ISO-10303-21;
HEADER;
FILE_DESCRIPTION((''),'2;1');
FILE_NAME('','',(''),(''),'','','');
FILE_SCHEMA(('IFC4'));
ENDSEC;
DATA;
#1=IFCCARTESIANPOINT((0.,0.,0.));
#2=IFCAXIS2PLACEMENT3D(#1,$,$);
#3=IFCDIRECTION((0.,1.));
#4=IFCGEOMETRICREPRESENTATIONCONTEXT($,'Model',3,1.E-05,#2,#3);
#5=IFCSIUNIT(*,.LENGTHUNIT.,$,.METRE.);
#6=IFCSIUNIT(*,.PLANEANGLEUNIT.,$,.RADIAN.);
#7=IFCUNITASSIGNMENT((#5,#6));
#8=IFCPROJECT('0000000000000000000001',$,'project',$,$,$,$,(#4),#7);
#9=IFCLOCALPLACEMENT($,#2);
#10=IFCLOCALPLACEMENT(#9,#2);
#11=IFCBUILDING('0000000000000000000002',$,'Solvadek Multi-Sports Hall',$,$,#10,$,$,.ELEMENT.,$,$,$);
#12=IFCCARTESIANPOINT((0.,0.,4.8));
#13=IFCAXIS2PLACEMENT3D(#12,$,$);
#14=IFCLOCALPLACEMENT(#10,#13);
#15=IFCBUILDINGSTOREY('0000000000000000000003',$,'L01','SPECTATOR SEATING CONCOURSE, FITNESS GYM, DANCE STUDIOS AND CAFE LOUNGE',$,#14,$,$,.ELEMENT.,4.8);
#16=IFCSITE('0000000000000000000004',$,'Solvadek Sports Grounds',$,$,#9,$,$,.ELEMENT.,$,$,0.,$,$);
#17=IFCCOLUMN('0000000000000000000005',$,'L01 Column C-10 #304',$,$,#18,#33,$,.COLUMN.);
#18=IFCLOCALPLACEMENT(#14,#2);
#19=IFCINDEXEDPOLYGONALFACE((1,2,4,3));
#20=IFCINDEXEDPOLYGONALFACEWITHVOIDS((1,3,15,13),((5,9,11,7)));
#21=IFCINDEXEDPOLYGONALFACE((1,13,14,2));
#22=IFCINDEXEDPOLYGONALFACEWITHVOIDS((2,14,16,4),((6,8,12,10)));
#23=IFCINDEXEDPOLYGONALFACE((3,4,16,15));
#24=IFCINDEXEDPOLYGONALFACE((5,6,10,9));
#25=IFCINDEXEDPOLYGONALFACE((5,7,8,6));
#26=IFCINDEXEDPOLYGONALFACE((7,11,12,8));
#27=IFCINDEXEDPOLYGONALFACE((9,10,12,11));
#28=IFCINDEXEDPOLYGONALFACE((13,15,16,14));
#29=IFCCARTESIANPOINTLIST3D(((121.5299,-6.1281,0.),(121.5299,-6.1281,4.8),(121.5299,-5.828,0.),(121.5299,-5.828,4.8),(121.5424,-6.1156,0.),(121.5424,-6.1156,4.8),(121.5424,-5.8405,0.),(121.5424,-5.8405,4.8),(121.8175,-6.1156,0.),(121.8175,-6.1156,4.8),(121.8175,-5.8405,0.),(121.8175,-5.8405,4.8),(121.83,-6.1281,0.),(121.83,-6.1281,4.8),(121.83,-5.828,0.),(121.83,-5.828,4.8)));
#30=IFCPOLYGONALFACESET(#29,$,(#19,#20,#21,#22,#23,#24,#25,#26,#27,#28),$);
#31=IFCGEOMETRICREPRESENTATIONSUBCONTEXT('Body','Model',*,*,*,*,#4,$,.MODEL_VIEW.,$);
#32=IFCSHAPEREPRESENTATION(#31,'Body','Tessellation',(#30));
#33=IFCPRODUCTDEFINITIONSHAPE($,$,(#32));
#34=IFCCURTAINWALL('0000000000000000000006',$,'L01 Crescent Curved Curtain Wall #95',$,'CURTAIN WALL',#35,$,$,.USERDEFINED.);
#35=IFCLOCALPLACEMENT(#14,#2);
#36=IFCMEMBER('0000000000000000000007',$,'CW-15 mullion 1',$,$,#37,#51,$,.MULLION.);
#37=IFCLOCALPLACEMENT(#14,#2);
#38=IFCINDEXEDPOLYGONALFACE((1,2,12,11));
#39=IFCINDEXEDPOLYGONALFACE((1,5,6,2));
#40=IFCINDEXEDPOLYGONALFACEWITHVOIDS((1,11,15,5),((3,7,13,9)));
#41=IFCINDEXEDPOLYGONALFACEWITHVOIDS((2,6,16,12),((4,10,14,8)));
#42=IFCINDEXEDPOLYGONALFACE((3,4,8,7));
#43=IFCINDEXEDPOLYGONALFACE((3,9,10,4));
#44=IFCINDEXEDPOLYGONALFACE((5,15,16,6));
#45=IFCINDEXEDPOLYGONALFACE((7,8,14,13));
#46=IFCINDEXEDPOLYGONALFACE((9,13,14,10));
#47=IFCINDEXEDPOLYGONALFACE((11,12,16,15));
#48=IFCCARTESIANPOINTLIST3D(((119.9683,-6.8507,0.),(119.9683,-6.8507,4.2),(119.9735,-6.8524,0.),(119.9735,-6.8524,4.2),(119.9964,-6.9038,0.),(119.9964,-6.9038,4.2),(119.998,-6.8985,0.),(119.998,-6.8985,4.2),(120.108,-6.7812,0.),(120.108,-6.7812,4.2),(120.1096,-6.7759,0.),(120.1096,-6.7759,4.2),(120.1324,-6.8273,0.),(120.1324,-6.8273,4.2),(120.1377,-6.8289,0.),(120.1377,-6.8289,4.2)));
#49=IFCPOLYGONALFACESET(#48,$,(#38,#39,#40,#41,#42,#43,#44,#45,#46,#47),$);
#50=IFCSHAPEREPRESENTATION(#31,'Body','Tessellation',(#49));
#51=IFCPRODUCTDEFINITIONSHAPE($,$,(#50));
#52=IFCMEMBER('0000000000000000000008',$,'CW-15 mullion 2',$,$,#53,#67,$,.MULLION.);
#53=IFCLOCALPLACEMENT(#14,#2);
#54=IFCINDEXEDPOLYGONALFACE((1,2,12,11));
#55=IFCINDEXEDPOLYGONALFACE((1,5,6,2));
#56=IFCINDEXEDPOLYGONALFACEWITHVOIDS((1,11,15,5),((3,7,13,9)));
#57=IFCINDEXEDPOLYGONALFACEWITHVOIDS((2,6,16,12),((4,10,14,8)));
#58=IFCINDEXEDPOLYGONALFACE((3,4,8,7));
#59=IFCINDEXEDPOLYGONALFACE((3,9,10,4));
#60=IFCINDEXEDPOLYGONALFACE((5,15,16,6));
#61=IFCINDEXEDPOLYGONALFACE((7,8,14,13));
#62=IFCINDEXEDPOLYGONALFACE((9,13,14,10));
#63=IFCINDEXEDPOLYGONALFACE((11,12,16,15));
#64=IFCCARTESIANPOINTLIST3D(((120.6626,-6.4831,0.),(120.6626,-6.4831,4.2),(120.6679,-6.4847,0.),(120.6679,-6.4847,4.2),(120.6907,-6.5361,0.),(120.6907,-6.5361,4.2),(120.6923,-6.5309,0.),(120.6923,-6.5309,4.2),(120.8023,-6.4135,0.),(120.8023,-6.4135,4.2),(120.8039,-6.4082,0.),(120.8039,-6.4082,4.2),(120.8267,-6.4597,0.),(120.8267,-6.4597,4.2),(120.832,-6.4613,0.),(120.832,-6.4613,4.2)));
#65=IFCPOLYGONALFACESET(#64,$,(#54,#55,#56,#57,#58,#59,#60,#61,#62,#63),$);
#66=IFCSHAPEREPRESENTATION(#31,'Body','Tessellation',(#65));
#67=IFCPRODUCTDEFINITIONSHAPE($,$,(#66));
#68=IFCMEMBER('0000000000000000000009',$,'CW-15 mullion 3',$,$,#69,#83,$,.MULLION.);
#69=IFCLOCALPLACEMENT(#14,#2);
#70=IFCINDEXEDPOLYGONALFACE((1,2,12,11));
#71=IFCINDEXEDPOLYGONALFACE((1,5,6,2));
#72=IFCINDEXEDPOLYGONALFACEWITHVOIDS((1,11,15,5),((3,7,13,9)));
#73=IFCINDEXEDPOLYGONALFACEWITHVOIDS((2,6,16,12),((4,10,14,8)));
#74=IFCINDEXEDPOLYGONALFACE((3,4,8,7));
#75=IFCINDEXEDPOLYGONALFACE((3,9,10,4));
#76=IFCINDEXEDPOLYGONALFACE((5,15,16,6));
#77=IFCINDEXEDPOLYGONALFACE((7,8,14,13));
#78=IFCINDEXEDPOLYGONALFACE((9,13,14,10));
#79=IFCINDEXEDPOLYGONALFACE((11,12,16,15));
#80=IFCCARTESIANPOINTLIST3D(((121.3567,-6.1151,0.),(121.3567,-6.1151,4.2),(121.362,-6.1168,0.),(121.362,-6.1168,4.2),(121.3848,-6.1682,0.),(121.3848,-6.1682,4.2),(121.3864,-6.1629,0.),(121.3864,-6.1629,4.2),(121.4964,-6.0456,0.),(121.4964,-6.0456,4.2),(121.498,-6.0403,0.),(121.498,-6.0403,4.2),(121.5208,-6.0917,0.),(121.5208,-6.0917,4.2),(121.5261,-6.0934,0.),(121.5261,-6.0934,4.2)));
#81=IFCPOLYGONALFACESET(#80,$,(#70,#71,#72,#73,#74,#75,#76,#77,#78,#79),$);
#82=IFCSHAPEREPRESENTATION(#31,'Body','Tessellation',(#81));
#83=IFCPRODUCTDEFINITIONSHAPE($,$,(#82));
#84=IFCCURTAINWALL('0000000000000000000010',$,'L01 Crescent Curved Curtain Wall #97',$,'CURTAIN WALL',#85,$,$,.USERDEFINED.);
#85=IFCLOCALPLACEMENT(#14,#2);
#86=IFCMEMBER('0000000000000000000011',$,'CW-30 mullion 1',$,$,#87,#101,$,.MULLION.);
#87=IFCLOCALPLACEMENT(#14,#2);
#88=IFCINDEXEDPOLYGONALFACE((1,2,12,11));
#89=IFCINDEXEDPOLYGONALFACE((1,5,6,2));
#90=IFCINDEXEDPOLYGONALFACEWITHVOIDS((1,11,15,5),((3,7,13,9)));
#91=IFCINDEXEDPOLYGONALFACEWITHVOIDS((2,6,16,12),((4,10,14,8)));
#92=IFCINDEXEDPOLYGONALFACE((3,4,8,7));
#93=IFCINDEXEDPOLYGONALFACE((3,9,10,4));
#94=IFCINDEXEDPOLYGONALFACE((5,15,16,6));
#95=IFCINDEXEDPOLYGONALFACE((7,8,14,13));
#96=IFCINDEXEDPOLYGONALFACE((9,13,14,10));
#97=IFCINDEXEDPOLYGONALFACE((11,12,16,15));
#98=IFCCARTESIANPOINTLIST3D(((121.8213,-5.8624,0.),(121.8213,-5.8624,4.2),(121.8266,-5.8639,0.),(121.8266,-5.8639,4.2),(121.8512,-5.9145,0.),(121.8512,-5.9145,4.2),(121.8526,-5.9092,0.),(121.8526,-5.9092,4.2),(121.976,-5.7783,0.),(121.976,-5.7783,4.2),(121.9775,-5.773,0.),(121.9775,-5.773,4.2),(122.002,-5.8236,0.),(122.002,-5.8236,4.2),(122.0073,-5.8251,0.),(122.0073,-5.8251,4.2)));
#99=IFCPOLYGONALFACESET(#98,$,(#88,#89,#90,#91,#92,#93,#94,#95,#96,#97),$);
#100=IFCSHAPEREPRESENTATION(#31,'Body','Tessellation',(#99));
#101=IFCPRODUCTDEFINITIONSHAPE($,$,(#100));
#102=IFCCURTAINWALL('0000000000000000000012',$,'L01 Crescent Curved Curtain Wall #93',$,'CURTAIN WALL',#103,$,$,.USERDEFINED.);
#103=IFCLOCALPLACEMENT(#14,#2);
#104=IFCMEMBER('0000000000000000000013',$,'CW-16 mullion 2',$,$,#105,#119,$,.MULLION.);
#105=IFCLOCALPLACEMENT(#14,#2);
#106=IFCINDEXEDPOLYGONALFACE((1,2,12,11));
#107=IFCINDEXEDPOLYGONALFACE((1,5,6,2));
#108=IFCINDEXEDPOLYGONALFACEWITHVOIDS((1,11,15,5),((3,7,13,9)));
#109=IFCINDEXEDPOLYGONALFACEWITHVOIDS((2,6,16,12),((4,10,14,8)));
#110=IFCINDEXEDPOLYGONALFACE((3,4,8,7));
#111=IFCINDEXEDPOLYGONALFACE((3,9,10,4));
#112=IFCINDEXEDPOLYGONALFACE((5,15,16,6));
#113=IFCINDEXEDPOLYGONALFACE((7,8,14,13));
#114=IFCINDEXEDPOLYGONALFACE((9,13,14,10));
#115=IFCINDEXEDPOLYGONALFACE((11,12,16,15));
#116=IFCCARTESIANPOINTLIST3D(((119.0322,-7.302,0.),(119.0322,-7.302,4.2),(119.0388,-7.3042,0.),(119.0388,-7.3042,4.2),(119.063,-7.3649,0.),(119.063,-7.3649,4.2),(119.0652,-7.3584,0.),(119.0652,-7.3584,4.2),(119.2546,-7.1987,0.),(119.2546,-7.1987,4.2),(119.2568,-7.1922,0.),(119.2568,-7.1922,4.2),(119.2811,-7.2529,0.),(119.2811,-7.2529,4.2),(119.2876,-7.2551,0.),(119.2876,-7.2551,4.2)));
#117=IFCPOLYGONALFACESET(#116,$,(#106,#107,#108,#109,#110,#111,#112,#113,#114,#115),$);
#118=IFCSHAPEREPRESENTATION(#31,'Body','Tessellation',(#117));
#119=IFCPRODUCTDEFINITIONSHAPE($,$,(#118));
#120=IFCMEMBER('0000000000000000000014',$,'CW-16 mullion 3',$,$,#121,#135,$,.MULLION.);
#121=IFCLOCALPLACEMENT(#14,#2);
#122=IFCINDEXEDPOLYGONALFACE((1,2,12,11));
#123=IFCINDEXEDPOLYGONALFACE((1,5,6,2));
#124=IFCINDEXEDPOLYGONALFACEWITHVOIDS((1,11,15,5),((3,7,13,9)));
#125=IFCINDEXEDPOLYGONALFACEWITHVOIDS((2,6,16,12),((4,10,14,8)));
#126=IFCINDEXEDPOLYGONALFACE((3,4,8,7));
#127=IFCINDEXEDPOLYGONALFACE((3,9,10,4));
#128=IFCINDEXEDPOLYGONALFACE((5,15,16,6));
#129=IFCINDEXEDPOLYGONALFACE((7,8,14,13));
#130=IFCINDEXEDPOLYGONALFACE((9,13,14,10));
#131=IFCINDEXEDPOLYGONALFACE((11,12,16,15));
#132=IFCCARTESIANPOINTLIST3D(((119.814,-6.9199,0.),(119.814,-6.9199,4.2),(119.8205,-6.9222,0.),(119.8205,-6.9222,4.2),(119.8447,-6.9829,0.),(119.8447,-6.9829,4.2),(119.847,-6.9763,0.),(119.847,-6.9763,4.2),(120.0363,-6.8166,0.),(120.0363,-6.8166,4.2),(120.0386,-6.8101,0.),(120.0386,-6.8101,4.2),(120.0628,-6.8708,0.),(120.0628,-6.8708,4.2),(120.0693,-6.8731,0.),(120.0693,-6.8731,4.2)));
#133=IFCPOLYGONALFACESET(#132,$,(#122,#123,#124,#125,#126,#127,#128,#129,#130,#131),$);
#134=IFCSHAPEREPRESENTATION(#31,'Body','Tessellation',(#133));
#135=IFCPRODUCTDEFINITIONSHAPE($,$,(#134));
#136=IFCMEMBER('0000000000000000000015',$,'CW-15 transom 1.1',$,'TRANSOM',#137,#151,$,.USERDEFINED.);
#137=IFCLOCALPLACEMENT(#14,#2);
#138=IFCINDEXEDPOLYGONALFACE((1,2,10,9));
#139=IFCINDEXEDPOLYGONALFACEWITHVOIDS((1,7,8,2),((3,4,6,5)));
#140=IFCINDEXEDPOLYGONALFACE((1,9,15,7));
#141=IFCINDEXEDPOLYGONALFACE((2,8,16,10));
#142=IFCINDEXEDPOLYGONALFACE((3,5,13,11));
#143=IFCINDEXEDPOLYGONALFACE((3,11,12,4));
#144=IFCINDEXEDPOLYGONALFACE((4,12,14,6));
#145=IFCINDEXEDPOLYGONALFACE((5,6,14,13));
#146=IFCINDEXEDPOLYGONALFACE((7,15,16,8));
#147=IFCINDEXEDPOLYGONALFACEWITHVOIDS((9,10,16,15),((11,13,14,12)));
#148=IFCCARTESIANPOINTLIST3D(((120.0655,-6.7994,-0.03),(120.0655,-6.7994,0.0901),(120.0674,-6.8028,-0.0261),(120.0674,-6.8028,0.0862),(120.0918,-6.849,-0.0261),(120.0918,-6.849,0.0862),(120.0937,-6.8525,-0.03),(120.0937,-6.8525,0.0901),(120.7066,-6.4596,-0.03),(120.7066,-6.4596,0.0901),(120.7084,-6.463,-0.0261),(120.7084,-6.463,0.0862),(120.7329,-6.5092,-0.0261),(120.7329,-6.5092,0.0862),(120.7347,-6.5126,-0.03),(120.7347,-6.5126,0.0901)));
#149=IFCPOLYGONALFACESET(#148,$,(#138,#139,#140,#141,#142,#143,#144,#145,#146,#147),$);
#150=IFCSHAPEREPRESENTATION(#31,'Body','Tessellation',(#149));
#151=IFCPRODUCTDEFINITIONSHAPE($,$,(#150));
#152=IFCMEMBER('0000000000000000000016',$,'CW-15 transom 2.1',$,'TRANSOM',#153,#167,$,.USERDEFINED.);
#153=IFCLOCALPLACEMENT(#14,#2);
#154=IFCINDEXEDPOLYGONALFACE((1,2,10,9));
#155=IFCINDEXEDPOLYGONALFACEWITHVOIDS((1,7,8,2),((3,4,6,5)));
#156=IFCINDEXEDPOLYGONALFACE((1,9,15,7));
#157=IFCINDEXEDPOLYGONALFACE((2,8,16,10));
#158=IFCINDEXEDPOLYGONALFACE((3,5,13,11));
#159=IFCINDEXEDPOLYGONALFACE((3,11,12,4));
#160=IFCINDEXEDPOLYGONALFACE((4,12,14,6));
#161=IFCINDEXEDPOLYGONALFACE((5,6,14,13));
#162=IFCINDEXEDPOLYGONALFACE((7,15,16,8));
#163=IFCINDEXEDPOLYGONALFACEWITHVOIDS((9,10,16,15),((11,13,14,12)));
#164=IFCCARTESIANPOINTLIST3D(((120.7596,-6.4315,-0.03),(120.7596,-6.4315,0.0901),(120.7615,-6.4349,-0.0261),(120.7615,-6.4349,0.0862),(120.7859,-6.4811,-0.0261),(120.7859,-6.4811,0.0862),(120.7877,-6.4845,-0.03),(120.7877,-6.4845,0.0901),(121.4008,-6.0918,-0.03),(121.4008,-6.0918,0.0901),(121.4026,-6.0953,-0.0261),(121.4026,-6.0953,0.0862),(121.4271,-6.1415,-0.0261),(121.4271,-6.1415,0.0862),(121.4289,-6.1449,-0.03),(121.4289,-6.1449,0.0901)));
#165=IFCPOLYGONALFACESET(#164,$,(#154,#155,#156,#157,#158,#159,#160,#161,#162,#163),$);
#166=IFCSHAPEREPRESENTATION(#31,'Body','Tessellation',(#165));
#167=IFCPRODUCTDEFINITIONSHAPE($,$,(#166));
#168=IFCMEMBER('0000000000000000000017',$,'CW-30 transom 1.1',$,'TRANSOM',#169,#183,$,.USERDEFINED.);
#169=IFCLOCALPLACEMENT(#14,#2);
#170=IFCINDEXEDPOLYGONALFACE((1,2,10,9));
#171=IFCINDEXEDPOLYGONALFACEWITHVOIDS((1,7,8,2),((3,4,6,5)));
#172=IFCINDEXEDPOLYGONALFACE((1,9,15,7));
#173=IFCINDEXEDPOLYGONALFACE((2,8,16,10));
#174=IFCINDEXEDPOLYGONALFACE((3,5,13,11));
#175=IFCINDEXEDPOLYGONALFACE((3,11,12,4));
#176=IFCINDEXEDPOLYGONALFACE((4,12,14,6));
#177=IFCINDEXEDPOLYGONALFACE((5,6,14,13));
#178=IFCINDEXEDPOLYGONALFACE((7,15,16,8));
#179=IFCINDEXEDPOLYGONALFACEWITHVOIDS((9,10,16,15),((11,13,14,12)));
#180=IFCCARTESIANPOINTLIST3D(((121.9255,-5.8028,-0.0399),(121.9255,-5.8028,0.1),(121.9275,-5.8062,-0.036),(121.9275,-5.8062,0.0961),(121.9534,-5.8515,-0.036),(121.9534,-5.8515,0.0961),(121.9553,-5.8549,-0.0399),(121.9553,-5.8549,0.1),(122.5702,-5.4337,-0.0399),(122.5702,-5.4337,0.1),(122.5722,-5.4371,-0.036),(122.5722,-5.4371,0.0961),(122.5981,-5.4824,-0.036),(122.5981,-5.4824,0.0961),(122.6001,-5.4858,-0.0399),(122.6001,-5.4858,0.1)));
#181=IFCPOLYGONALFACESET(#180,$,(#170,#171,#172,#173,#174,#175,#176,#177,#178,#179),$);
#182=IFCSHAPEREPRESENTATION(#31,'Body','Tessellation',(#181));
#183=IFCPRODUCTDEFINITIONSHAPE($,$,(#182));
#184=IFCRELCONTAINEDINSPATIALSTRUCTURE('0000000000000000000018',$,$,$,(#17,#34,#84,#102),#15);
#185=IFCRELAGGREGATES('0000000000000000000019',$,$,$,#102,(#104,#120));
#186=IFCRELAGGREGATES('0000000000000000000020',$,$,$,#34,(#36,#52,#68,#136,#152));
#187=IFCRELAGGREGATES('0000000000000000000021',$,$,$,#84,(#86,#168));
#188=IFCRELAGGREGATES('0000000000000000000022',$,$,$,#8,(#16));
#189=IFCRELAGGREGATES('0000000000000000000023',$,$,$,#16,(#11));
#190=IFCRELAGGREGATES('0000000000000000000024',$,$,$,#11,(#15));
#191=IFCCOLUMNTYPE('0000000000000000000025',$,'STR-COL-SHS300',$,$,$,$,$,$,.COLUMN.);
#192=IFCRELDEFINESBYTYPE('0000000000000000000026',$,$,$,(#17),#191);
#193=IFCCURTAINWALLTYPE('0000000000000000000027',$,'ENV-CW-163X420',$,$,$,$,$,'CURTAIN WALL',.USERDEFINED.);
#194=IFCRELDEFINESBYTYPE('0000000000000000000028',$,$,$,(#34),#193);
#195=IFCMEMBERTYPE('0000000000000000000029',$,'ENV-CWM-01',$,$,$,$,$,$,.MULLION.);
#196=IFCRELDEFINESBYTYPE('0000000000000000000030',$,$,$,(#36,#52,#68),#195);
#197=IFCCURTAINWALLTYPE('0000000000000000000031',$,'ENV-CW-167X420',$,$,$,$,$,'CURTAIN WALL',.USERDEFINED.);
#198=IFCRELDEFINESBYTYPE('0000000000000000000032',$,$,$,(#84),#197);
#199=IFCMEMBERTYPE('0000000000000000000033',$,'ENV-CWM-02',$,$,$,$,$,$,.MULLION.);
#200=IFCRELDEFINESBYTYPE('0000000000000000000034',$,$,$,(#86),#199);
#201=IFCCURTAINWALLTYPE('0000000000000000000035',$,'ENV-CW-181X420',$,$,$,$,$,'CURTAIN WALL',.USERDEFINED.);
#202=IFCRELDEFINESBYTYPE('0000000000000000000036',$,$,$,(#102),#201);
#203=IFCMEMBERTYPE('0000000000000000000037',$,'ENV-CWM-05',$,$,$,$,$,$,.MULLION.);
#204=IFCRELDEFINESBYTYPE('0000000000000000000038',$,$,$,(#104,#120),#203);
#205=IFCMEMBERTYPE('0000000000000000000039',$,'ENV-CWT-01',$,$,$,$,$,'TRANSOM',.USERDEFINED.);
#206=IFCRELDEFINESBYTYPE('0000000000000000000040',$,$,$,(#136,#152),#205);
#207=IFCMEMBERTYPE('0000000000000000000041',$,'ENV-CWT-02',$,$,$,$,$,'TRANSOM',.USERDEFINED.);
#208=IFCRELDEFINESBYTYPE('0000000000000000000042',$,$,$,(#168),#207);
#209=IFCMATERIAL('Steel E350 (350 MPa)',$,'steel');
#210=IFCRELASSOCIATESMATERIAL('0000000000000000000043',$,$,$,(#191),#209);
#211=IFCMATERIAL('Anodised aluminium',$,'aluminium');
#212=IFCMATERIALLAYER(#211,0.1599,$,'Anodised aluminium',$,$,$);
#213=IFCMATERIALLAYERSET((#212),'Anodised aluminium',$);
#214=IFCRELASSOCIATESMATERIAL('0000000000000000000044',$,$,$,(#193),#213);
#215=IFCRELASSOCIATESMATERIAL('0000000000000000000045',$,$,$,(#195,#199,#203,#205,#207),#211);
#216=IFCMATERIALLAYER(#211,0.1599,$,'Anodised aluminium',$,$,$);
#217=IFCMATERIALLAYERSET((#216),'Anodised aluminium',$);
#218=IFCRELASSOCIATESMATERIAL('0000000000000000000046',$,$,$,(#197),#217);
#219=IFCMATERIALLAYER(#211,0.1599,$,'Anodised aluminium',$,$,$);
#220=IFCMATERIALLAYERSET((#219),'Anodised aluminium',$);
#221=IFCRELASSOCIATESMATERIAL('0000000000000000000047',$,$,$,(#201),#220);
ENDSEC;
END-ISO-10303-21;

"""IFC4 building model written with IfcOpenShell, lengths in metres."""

from ifc_helpers import new_model, si_unit, direction, frame, origin, origin_2d, place, context, subcontext, project, spatial, hollow_rectangle, extrude, material, layer, layer_set, material_profile, profile_set, type_object, element, aggregate, save


model = new_model("IFC4")

# Units and contexts
model_context = context("Model", 3, precision=1e-05, world=origin(), true_north=direction((0.0, 1.0)))
body_context = subcontext(model_context, "Body", "Model", "MODEL_VIEW")
ifc_project = project(units=[si_unit("LENGTHUNIT", "METRE"), si_unit("PLANEANGLEUNIT", "RADIAN")], contexts=[model_context])

# Site, building, storey
site_placement = place(None, origin())
site = spatial("IfcSite", under=ifc_project, at=site_placement, Name="Solvadek Sports Grounds", CompositionType="ELEMENT", RefElevation=0.0)
building_placement = place(site_placement, origin())
building = spatial("IfcBuilding", under=site, at=building_placement, Name="Solvadek Multi-Sports Hall", CompositionType="ELEMENT")
storey_placement = place(building_placement, frame((0.0, 0.0, 4.8)))
storey = spatial("IfcBuildingStorey", under=building, at=storey_placement, Name="L01", Description="SPECTATOR SEATING CONCOURSE, FITNESS GYM, DANCE STUDIOS AND CAFE LOUNGE", CompositionType="ELEMENT", Elevation=4.8)

# Column
ifc_material_1 = material(Name="Steel E350 (350 MPa)", Category="steel")
ifc_material_profile_1 = material_profile(ifc_material_1, hollow_rectangle(XDim=0.3, YDim=0.3, WallThickness=0.0125, at=origin_2d()), Name="SHS 300x300x12.5")
ifc_profile_set_1 = profile_set([ifc_material_profile_1], Name="Steel E350 (350 MPa)")
column_type = type_object("IfcColumnType", Name="STR-COL-SHS300", PredefinedType="COLUMN", material=ifc_profile_set_1)
column_placement = place(storey_placement, frame((121.6799, -5.978, 0.0), z_axis=(0.0, 0.0, 1.0), x_axis=(1.0, 0.0, 0.0)))
element("IfcColumn", 1, at=column_placement, inside=storey, type_object=column_type, Name="L01 Column C-10 #304", PredefinedType="COLUMN", context=body_context, shape_type="SweptSolid", body=[
    extrude(hollow_rectangle(XDim=0.3, YDim=0.3, WallThickness=0.0125, at=origin_2d()), origin(), (0.0, 0.0, 1.0), 4.8),
])

# Curtain wall, members
ifc_material_2 = material(Name="Anodised aluminium", Category="aluminium")
ifc_layer_1 = layer(ifc_material_2, 0.1599, Name="Anodised aluminium")
ifc_layer_set_1 = layer_set([ifc_layer_1], Name="Anodised aluminium")
curtain_wall_type_1 = type_object("IfcCurtainWallType", Name="ENV-CW-163X420", ElementType="CURTAIN WALL", PredefinedType="USERDEFINED", material=ifc_layer_set_1)
curtain_wall_1_placement = place(storey_placement, origin())
curtain_wall_1 = element("IfcCurtainWall", 2, at=curtain_wall_1_placement, inside=storey, type_object=curtain_wall_type_1, Name="L01 Crescent Curved Curtain Wall #95", ObjectType="CURTAIN WALL", PredefinedType="USERDEFINED")
ifc_material_profile_2 = material_profile(ifc_material_2, hollow_rectangle(XDim=0.0601, YDim=0.1599, WallThickness=0.0039, at=origin_2d()), Name="ALU-M 160x60x4")
ifc_profile_set_2 = profile_set([ifc_material_profile_2], Name="Anodised aluminium")
member_type_1 = type_object("IfcMemberType", Name="ENV-CWM-01", PredefinedType="MULLION", material=ifc_profile_set_2)
member_1_placement = place(storey_placement, frame((120.053, -6.8398, 0.0), z_axis=(0.0, 0.0, 1.0), x_axis=(-0.46813, 0.88366, 0.0)))
member_1 = element("IfcMember", 3, at=member_1_placement, type_object=member_type_1, Name="CW-15 mullion 1", PredefinedType="MULLION", context=body_context, shape_type="SweptSolid", body=[
    extrude(hollow_rectangle(XDim=0.0601, YDim=0.1599, WallThickness=0.0039, at=origin_2d()), origin(), (0.0, 0.0, 1.0), 4.2),
])
member_2_placement = place(storey_placement, frame((120.7473, -6.4722, 0.0), z_axis=(0.0, 0.0, 1.0), x_axis=(-0.46813, 0.88366, 0.0)))
member_2 = element("IfcMember", 4, at=member_2_placement, type_object=member_type_1, Name="CW-15 mullion 2", PredefinedType="MULLION", context=body_context, shape_type="SweptSolid", body=[
    extrude(hollow_rectangle(XDim=0.0601, YDim=0.1599, WallThickness=0.0039, at=origin_2d()), origin(), (0.0, 0.0, 1.0), 4.2),
])
member_3_placement = place(storey_placement, frame((121.4414, -6.1042, 0.0), z_axis=(0.0, 0.0, 1.0), x_axis=(-0.46813, 0.88366, 0.0)))
member_3 = element("IfcMember", 5, at=member_3_placement, type_object=member_type_1, Name="CW-15 mullion 3", PredefinedType="MULLION", context=body_context, shape_type="SweptSolid", body=[
    extrude(hollow_rectangle(XDim=0.0601, YDim=0.1599, WallThickness=0.0039, at=origin_2d()), origin(), (0.0, 0.0, 1.0), 4.2),
])

# Curtain wall, member
ifc_layer_2 = layer(ifc_material_2, 0.1599, Name="Anodised aluminium")
ifc_layer_set_2 = layer_set([ifc_layer_2], Name="Anodised aluminium")
curtain_wall_type_2 = type_object("IfcCurtainWallType", Name="ENV-CW-167X420", ElementType="CURTAIN WALL", PredefinedType="USERDEFINED", material=ifc_layer_set_2)
curtain_wall_2_placement = place(storey_placement, origin())
curtain_wall_2 = element("IfcCurtainWall", 6, at=curtain_wall_2_placement, inside=storey, type_object=curtain_wall_type_2, Name="L01 Crescent Curved Curtain Wall #97", ObjectType="CURTAIN WALL", PredefinedType="USERDEFINED")
ifc_material_profile_3 = material_profile(ifc_material_2, hollow_rectangle(XDim=0.0601, YDim=0.1799, WallThickness=0.0039, at=origin_2d()), Name="ALU-M 180x60x4")
ifc_profile_set_3 = profile_set([ifc_material_profile_3], Name="Anodised aluminium")
member_type_2 = type_object("IfcMemberType", Name="ENV-CWM-02", PredefinedType="MULLION", material=ifc_profile_set_3)
member_4_placement = place(storey_placement, frame((121.9143, -5.8438, 0.0), z_axis=(0.0, 0.0, 1.0), x_axis=(-0.496992, 0.867755, 0.0)))
member_4 = element("IfcMember", 7, at=member_4_placement, type_object=member_type_2, Name="CW-30 mullion 1", PredefinedType="MULLION", context=body_context, shape_type="SweptSolid", body=[
    extrude(hollow_rectangle(XDim=0.0601, YDim=0.1799, WallThickness=0.0039, at=origin_2d()), origin(), (0.0, 0.0, 1.0), 4.2),
])

# Curtain wall, members
ifc_layer_3 = layer(ifc_material_2, 0.1599, Name="Anodised aluminium")
ifc_layer_set_3 = layer_set([ifc_layer_3], Name="Anodised aluminium")
curtain_wall_type_3 = type_object("IfcCurtainWallType", Name="ENV-CW-181X420", ElementType="CURTAIN WALL", PredefinedType="USERDEFINED", material=ifc_layer_set_3)
curtain_wall_3_placement = place(storey_placement, origin())
curtain_wall_3 = element("IfcCurtainWall", 8, at=curtain_wall_3_placement, inside=storey, type_object=curtain_wall_type_3, Name="L01 Crescent Curved Curtain Wall #93", ObjectType="CURTAIN WALL", PredefinedType="USERDEFINED")
ifc_material_profile_4 = material_profile(ifc_material_2, hollow_rectangle(XDim=0.0701, YDim=0.25, WallThickness=0.0049, at=origin_2d()), Name="ALU-M 250x70x5")
ifc_profile_set_4 = profile_set([ifc_material_profile_4], Name="Anodised aluminium")
member_type_3 = type_object("IfcMemberType", Name="ENV-CWM-05", PredefinedType="MULLION", material=ifc_profile_set_4)
member_5_placement = place(storey_placement, frame((119.1599, -7.2786, 0.0), z_axis=(0.0, 0.0, 1.0), x_axis=(-0.43924, 0.89837, 0.0)))
member_5 = element("IfcMember", 9, at=member_5_placement, type_object=member_type_3, Name="CW-16 mullion 2", PredefinedType="MULLION", context=body_context, shape_type="SweptSolid", body=[
    extrude(hollow_rectangle(XDim=0.0701, YDim=0.25, WallThickness=0.0049, at=origin_2d()), origin(), (0.0, 0.0, 1.0), 4.2),
])
member_6_placement = place(storey_placement, frame((119.9417, -6.8965, 0.0), z_axis=(0.0, 0.0, 1.0), x_axis=(-0.43924, 0.89837, 0.0)))
member_6 = element("IfcMember", 10, at=member_6_placement, type_object=member_type_3, Name="CW-16 mullion 3", PredefinedType="MULLION", context=body_context, shape_type="SweptSolid", body=[
    extrude(hollow_rectangle(XDim=0.0701, YDim=0.25, WallThickness=0.0049, at=origin_2d()), origin(), (0.0, 0.0, 1.0), 4.2),
])

# Members
ifc_material_profile_5 = material_profile(ifc_material_2, hollow_rectangle(XDim=0.0601, YDim=0.1201, WallThickness=0.0039, at=origin_2d()), Name="ALU-T 120x60x4")
ifc_profile_set_5 = profile_set([ifc_material_profile_5], Name="Anodised aluminium")
member_type_4 = type_object("IfcMemberType", Name="ENV-CWT-01", ElementType="TRANSOM", PredefinedType="USERDEFINED", material=ifc_profile_set_5)
member_7_placement = place(storey_placement, frame((120.0796, -6.8259, 0.03), z_axis=(0.883542, 0.468351, 0.0), x_axis=(-0.468351, 0.883542, 0.0)))
member_7 = element("IfcMember", 11, at=member_7_placement, type_object=member_type_4, Name="CW-15 transom 1.1", ObjectType="TRANSOM", PredefinedType="USERDEFINED", context=body_context, shape_type="SweptSolid", body=[
    extrude(hollow_rectangle(XDim=0.0601, YDim=0.1201, WallThickness=0.0039, at=origin_2d()), origin(), (0.0, 0.0, 1.0), 0.7256),
])
member_8_placement = place(storey_placement, frame((120.7737, -6.458, 0.03), z_axis=(0.883681, 0.468089, 0.0), x_axis=(-0.468089, 0.883681, 0.0)))
member_8 = element("IfcMember", 12, at=member_8_placement, type_object=member_type_4, Name="CW-15 transom 2.1", ObjectType="TRANSOM", PredefinedType="USERDEFINED", context=body_context, shape_type="SweptSolid", body=[
    extrude(hollow_rectangle(XDim=0.0601, YDim=0.1201, WallThickness=0.0039, at=origin_2d()), origin(), (0.0, 0.0, 1.0), 0.7256),
])
ifc_material_profile_6 = material_profile(ifc_material_2, hollow_rectangle(XDim=0.0601, YDim=0.1399, WallThickness=0.0039, at=origin_2d()), Name="ALU-T 140x60x4")
ifc_profile_set_6 = profile_set([ifc_material_profile_6], Name="Anodised aluminium")
member_type_5 = type_object("IfcMemberType", Name="ENV-CWT-02", ElementType="TRANSOM", PredefinedType="USERDEFINED", material=ifc_profile_set_6)
member_9_placement = place(storey_placement, frame((121.9404, -5.8289, 0.03), z_axis=(0.867838, 0.496847, 0.0), x_axis=(-0.496847, 0.867838, 0.0)))
member_9 = element("IfcMember", 13, at=member_9_placement, type_object=member_type_5, Name="CW-30 transom 1.1", ObjectType="TRANSOM", PredefinedType="USERDEFINED", context=body_context, shape_type="SweptSolid", body=[
    extrude(hollow_rectangle(XDim=0.0601, YDim=0.1399, WallThickness=0.0039, at=origin_2d()), origin(), (0.0, 0.0, 1.0), 0.7429),
])

aggregate(curtain_wall_3, [member_5, member_6])
aggregate(curtain_wall_1, [member_1, member_2, member_3, member_7, member_8])
aggregate(curtain_wall_2, [member_4, member_9])

save(model, "model.ifc")
